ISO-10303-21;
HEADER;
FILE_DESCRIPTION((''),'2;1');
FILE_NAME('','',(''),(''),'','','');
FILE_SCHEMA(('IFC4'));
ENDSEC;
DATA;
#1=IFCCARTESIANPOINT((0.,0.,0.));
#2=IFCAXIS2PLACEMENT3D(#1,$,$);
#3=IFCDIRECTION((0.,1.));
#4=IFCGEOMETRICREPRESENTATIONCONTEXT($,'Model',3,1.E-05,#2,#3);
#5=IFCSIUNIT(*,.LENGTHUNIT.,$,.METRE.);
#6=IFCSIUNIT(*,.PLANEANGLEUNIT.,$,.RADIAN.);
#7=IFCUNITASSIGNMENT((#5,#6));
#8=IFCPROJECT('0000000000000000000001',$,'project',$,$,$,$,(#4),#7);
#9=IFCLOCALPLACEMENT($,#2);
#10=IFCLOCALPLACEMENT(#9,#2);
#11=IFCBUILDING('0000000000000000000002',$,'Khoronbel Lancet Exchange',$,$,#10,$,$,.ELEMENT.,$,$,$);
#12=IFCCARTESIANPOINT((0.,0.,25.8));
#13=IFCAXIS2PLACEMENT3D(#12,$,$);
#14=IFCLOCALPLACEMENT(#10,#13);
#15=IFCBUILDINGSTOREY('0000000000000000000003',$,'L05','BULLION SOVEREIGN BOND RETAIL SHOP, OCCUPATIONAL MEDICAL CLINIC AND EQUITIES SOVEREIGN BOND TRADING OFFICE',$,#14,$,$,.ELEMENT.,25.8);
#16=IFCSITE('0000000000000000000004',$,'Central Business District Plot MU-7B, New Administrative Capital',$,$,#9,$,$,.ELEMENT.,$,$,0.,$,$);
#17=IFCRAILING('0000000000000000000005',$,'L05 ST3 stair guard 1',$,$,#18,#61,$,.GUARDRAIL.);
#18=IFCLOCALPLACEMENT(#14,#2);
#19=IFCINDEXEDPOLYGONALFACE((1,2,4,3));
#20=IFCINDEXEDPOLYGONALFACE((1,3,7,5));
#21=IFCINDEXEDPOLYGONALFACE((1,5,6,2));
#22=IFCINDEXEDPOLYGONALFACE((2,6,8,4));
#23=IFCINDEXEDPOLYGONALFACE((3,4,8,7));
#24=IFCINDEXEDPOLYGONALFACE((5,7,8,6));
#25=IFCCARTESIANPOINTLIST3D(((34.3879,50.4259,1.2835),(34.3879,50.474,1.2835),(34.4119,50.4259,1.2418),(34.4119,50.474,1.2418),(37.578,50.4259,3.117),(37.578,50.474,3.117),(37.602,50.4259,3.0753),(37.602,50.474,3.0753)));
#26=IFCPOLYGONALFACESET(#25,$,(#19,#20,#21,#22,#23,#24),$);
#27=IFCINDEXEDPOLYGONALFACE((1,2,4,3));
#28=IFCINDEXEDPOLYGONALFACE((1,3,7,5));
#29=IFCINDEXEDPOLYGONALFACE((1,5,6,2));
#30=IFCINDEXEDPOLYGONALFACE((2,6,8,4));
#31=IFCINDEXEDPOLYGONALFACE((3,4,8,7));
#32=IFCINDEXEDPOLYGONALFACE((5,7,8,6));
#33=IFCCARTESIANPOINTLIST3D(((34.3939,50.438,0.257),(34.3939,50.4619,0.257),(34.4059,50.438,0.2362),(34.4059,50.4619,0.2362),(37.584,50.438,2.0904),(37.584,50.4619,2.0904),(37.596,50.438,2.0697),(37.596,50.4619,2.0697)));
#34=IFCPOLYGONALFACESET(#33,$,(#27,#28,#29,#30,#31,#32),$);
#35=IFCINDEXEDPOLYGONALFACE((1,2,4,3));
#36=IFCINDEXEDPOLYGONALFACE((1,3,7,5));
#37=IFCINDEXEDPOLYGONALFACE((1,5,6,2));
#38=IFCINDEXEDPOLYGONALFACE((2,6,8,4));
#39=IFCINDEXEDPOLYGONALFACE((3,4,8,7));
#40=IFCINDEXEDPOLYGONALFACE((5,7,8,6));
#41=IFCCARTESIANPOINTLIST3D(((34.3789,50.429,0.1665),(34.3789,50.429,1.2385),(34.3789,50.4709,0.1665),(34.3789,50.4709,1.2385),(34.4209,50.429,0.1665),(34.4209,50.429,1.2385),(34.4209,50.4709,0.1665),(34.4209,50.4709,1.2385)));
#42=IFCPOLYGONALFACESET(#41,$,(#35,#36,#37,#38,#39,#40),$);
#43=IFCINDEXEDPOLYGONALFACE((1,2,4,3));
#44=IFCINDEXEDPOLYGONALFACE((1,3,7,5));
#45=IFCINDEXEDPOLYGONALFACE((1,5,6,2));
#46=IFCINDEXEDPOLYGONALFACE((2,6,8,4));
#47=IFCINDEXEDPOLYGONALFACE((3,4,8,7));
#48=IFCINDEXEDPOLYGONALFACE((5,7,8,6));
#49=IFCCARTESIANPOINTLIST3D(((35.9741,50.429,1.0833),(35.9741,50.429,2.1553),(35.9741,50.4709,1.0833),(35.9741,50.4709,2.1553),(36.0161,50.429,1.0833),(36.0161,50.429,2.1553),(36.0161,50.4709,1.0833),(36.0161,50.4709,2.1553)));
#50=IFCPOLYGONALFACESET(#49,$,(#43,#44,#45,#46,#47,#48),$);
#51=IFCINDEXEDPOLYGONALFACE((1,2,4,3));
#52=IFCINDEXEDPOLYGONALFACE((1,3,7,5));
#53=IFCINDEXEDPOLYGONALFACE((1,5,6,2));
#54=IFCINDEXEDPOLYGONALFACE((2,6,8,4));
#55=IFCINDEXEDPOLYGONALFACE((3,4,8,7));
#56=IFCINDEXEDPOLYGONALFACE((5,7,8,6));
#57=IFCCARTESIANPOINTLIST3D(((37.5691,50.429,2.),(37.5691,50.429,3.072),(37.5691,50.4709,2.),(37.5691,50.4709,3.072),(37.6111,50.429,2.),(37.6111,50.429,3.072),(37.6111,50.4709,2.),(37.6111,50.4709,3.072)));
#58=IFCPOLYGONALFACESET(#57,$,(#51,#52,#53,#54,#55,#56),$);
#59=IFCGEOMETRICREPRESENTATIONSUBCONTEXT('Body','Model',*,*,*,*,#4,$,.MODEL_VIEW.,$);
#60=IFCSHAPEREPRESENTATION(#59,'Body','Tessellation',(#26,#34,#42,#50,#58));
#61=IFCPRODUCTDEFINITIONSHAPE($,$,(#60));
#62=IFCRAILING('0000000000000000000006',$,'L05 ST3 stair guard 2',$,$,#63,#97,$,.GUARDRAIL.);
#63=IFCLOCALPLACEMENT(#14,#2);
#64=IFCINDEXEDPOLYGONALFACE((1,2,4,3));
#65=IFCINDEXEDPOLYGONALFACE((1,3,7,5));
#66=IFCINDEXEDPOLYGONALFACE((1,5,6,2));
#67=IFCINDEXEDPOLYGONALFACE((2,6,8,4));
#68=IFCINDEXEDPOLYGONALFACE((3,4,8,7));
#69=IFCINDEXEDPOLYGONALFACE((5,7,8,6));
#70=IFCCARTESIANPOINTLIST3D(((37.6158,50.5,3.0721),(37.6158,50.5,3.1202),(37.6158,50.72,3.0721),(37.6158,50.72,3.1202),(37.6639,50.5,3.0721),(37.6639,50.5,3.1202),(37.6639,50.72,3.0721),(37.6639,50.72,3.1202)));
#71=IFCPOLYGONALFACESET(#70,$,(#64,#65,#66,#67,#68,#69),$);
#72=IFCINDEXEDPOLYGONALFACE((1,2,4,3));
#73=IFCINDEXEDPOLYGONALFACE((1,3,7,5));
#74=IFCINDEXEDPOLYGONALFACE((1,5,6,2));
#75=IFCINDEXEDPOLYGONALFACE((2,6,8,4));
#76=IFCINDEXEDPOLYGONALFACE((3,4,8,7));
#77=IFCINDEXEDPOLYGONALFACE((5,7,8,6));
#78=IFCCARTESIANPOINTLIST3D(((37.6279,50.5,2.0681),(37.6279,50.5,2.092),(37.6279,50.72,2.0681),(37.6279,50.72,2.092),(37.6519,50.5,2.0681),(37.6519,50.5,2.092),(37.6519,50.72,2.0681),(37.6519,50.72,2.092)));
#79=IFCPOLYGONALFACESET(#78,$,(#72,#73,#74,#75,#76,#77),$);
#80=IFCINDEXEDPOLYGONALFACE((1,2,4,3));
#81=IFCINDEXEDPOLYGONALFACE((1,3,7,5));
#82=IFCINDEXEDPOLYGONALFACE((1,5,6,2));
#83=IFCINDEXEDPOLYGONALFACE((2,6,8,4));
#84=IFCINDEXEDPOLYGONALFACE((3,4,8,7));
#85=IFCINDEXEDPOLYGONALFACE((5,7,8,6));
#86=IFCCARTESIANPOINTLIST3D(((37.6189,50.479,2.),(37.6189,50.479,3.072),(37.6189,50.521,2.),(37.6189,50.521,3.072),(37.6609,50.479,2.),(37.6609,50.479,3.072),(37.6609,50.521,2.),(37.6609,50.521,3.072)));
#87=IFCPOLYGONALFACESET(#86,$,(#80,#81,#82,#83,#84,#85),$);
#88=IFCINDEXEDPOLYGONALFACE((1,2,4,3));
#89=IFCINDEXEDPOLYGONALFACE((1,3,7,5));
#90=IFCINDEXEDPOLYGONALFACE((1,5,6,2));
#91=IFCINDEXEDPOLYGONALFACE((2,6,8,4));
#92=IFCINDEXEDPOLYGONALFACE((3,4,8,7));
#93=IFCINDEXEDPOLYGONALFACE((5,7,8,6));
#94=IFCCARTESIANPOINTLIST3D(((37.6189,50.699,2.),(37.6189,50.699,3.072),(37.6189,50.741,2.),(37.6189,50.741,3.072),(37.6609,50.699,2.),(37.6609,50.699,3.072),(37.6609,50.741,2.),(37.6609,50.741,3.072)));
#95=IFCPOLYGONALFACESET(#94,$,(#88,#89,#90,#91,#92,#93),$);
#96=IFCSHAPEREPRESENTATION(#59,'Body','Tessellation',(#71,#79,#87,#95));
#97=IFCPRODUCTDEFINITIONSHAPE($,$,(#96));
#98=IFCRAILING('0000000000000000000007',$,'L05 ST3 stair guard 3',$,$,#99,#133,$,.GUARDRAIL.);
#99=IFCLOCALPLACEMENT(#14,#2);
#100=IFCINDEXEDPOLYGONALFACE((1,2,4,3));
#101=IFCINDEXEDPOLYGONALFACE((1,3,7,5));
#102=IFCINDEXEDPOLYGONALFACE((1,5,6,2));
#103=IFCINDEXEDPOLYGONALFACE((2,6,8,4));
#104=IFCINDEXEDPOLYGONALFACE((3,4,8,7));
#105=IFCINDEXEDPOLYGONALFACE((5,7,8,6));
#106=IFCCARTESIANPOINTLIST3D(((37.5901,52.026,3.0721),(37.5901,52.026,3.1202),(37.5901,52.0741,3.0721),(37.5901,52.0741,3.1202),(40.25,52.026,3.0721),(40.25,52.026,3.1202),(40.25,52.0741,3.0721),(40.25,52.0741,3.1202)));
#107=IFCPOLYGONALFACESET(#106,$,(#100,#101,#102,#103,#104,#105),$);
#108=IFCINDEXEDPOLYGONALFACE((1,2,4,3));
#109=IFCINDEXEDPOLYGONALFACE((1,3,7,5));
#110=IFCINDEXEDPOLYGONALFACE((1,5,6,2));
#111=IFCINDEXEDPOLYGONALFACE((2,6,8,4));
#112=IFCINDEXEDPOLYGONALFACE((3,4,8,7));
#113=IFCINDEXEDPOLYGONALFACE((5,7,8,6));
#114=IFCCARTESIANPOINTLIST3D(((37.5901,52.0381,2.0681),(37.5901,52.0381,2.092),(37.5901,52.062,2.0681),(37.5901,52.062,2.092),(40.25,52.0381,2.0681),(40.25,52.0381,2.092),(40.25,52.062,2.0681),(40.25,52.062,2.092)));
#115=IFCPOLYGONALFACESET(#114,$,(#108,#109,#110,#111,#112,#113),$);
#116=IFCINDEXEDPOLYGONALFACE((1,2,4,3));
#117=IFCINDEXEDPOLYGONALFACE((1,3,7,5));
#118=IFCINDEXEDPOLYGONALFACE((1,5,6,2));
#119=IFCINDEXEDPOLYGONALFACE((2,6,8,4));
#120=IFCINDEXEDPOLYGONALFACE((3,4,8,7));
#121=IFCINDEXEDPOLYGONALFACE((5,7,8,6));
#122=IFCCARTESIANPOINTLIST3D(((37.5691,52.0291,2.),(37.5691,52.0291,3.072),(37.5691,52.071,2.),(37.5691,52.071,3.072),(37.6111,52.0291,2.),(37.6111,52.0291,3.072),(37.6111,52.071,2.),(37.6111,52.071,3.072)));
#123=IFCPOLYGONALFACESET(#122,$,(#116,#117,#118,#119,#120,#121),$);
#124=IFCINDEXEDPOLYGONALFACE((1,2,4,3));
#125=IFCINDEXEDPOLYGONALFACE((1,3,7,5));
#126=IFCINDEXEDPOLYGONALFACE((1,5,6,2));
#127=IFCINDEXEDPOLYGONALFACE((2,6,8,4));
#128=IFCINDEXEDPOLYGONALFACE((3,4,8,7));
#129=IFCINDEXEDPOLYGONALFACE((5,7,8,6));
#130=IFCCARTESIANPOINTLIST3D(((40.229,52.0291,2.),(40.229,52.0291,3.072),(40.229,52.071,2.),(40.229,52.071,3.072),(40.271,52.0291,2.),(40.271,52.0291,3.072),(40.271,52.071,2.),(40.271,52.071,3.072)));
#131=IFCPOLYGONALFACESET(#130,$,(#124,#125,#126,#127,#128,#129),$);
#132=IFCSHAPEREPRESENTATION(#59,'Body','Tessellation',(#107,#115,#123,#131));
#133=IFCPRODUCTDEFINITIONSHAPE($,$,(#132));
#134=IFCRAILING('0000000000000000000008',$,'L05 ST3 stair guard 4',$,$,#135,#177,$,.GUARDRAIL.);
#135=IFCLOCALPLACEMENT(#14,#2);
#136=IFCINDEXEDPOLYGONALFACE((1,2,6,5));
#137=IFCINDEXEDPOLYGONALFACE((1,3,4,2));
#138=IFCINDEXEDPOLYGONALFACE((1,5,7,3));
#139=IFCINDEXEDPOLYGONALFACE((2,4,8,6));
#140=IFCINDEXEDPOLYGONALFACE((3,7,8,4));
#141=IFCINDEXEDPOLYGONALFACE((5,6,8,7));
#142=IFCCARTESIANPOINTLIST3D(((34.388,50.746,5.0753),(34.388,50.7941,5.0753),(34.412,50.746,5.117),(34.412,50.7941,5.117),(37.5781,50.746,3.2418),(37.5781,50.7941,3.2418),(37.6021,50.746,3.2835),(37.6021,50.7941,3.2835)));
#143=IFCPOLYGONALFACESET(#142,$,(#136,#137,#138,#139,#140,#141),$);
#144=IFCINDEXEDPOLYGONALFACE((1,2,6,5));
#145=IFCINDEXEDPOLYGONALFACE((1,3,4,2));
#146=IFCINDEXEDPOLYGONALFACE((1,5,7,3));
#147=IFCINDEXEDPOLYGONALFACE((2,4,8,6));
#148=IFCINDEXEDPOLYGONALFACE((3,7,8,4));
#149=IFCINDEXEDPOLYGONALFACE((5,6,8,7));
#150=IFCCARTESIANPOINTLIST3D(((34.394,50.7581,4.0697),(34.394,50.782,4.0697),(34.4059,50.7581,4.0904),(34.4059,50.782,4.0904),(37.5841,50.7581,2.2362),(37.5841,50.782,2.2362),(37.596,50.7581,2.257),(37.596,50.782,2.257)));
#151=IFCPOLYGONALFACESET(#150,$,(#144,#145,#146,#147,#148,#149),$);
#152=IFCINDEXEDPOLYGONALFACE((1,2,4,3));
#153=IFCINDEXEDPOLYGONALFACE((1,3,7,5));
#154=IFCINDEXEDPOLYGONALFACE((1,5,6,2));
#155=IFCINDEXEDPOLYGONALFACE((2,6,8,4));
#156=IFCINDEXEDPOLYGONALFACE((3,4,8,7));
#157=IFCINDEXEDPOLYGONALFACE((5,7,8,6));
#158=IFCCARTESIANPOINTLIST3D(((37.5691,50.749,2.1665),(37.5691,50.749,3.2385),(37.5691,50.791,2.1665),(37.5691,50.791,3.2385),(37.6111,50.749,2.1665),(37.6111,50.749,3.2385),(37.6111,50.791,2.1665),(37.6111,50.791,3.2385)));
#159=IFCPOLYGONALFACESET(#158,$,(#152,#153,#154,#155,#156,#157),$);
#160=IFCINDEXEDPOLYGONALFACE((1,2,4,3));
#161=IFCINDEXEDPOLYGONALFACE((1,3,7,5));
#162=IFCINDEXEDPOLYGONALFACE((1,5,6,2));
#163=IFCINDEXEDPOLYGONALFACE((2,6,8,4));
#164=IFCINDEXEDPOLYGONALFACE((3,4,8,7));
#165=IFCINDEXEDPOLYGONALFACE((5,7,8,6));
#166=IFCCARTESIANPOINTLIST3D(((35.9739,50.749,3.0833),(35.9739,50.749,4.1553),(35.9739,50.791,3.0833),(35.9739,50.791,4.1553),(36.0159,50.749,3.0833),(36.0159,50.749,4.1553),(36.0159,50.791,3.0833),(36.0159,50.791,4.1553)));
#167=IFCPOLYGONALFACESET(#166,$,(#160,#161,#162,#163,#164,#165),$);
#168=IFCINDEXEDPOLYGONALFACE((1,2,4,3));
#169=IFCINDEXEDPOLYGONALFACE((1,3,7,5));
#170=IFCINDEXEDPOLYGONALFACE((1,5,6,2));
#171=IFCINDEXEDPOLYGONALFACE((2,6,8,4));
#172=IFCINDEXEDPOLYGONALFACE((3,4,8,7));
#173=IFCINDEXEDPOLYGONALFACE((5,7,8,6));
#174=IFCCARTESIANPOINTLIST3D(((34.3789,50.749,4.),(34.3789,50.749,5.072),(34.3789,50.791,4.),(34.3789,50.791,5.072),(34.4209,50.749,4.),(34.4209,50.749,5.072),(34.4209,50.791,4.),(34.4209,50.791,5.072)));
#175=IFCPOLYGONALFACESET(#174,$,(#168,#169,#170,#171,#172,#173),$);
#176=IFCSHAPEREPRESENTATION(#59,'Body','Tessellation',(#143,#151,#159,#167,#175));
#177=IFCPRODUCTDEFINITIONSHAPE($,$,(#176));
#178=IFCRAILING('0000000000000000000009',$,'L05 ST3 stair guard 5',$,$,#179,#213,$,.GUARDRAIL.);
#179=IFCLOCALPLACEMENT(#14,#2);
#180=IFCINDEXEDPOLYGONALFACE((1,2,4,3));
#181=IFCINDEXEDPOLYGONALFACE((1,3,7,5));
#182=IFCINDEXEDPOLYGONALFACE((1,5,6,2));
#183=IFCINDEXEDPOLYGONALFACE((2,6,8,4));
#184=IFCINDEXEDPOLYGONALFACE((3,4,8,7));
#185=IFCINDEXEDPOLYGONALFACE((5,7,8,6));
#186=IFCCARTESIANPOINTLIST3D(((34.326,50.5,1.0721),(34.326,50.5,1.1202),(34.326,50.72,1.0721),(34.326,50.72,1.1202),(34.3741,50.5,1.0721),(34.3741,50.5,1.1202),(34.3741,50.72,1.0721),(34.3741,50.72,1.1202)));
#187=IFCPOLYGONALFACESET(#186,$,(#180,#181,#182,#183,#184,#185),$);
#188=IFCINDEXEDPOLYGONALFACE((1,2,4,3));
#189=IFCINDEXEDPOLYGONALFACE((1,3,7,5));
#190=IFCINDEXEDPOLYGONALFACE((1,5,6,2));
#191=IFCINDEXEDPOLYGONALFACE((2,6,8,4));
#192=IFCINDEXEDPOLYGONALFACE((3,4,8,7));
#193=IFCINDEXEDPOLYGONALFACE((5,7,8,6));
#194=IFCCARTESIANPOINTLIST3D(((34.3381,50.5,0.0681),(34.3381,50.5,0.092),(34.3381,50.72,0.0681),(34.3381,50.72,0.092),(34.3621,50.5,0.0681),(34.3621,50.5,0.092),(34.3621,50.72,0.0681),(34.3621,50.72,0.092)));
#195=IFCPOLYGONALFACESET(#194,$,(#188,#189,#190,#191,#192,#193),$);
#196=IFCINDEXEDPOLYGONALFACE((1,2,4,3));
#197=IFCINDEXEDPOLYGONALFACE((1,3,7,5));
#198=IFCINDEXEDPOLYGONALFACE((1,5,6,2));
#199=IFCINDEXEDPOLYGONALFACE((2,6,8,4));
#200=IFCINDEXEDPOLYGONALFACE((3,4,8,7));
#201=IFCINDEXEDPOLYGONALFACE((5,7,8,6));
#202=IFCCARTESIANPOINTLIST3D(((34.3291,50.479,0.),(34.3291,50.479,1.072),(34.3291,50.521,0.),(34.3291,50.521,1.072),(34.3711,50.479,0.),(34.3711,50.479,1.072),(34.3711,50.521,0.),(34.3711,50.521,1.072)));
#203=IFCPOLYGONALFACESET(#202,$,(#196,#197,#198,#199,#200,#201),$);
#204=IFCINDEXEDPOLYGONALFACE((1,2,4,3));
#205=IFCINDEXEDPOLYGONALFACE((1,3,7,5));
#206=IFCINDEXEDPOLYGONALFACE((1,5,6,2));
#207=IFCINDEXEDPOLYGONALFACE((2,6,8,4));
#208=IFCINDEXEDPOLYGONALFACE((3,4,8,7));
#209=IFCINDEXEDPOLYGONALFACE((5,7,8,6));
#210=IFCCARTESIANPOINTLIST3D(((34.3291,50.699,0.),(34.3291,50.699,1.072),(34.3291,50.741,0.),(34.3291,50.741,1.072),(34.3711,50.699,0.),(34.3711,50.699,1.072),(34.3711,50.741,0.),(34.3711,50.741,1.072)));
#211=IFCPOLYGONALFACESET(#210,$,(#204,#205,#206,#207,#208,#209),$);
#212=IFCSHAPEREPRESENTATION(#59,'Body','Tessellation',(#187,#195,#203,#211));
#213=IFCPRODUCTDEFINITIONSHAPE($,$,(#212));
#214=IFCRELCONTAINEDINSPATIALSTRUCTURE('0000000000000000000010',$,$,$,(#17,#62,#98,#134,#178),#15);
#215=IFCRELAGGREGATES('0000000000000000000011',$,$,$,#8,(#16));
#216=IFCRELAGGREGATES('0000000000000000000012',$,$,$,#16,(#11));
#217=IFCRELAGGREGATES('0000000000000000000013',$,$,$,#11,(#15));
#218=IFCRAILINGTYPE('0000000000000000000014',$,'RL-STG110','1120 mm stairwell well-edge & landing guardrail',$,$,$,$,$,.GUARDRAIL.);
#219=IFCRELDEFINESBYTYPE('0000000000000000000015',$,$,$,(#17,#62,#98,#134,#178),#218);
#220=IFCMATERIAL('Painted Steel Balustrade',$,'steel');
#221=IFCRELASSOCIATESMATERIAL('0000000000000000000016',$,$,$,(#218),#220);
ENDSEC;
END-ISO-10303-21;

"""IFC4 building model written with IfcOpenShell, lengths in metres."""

from ifc_helpers import new_model, si_unit, direction, frame, origin, origin_2d, place, context, subcontext, project, spatial, rectangle, extrude, material, type_object, element, save


model = new_model("IFC4")

# Units and contexts
model_context = context("Model", 3, precision=1e-05, world=origin(), true_north=direction((0.0, 1.0)))
body_context = subcontext(model_context, "Body", "Model", "MODEL_VIEW")
ifc_project = project(units=[si_unit("LENGTHUNIT", "METRE"), si_unit("PLANEANGLEUNIT", "RADIAN")], contexts=[model_context])

# Site, building, storey
site_placement = place(None, origin())
site = spatial("IfcSite", under=ifc_project, at=site_placement, Name="Central Business District Plot MU-7B, New Administrative Capital", CompositionType="ELEMENT", RefElevation=0.0)
building_placement = place(site_placement, origin())
building = spatial("IfcBuilding", under=site, at=building_placement, Name="Khoronbel Lancet Exchange", CompositionType="ELEMENT")
storey_placement = place(building_placement, frame((0.0, 0.0, 25.8)))
storey = spatial("IfcBuildingStorey", under=building, at=storey_placement, Name="L05", Description="BULLION SOVEREIGN BOND RETAIL SHOP, OCCUPATIONAL MEDICAL CLINIC AND EQUITIES SOVEREIGN BOND TRADING OFFICE", CompositionType="ELEMENT", Elevation=25.8)

# Railings
ifc_material_1 = material(Name="Painted Steel Balustrade", Category="steel")
railing_type_1 = type_object("IfcRailingType", Name="RL-STG110", Description="1120 mm stairwell well-edge & landing guardrail", PredefinedType="GUARDRAIL", material=ifc_material_1)
railing_1_placement = place(storey_placement, frame((34.3999, 50.45, 0.1665)))
element("IfcRailing", 1, at=railing_1_placement, inside=storey, type_object=railing_type_1, Name="L05 ST3 stair guard 1", PredefinedType="GUARDRAIL", context=body_context, shape_type="SweptSolid", body=[
    extrude(rectangle(XDim=0.0481, YDim=0.0481, at=origin_2d()), frame((0.0, 0.0, 1.0962), z_axis=(0.867007, 0.0, 0.498295), x_axis=(0.0, 1.0, 0.0)), (0.0, 0.0, 1.0), 3.6794),
    extrude(rectangle(XDim=0.0239, YDim=0.0239, at=origin_2d()), frame((0.0, 0.0, 0.0801), z_axis=(0.867007, 0.0, 0.498295), x_axis=(0.0, 1.0, 0.0)), (0.0, 0.0, 1.0), 3.6794),
    extrude(rectangle(XDim=0.042, YDim=0.042, at=origin_2d()), origin(), (0.0, 0.0, 1.0), 1.072),
    extrude(rectangle(XDim=0.042, YDim=0.042, at=origin_2d()), frame((1.5952, 0.0, 0.9167)), (0.0, 0.0, 1.0), 1.072),
    extrude(rectangle(XDim=0.042, YDim=0.042, at=origin_2d()), frame((3.1902, 0.0, 1.8335)), (0.0, 0.0, 1.0), 1.072),
])
railing_2_placement = place(storey_placement, frame((37.6399, 50.5, 2.0)))
element("IfcRailing", 2, at=railing_2_placement, inside=storey, type_object=railing_type_1, Name="L05 ST3 stair guard 2", PredefinedType="GUARDRAIL", context=body_context, shape_type="SweptSolid", body=[
    extrude(rectangle(XDim=0.0481, YDim=0.0481, at=origin_2d()), frame((0.0, 0.0, 1.0962), z_axis=(0.0, 1.0, 0.0), x_axis=(-1.0, 0.0, 0.0)), (0.0, 0.0, 1.0), 0.22),
    extrude(rectangle(XDim=0.0239, YDim=0.0239, at=origin_2d()), frame((0.0, 0.0, 0.0801), z_axis=(0.0, 1.0, 0.0), x_axis=(-1.0, 0.0, 0.0)), (0.0, 0.0, 1.0), 0.22),
    extrude(rectangle(XDim=0.042, YDim=0.042, at=origin_2d()), origin(), (0.0, 0.0, 1.0), 1.072),
    extrude(rectangle(XDim=0.042, YDim=0.042, at=origin_2d()), frame((0.0, 0.22, 0.0)), (0.0, 0.0, 1.0), 1.072),
])
railing_3_placement = place(storey_placement, frame((37.5901, 52.05, 2.0)))
element("IfcRailing", 3, at=railing_3_placement, inside=storey, type_object=railing_type_1, Name="L05 ST3 stair guard 3", PredefinedType="GUARDRAIL", context=body_context, shape_type="SweptSolid", body=[
    extrude(rectangle(XDim=0.0481, YDim=0.0481, at=origin_2d()), frame((0.0, 0.0, 1.0962), z_axis=(1.0, 0.0, 0.0), x_axis=(0.0, 1.0, 0.0)), (0.0, 0.0, 1.0), 2.6599),
    extrude(rectangle(XDim=0.0239, YDim=0.0239, at=origin_2d()), frame((0.0, 0.0, 0.0801), z_axis=(1.0, 0.0, 0.0), x_axis=(0.0, 1.0, 0.0)), (0.0, 0.0, 1.0), 2.6599),
    extrude(rectangle(XDim=0.042, YDim=0.042, at=origin_2d()), origin(), (0.0, 0.0, 1.0), 1.072),
    extrude(rectangle(XDim=0.042, YDim=0.042, at=origin_2d()), frame((2.6599, 0.0, 0.0)), (0.0, 0.0, 1.0), 1.072),
])
railing_4_placement = place(storey_placement, frame((37.5901, 50.77, 2.1665)))
element("IfcRailing", 4, at=railing_4_placement, inside=storey, type_object=railing_type_1, Name="L05 ST3 stair guard 4", PredefinedType="GUARDRAIL", context=body_context, shape_type="SweptSolid", body=[
    extrude(rectangle(XDim=0.0481, YDim=0.0481, at=origin_2d()), frame((0.0, 0.0, 1.0962), z_axis=(-0.867007, 0.0, 0.498295), x_axis=(0.0, -1.0, 0.0)), (0.0, 0.0, 1.0), 3.6794),
    extrude(rectangle(XDim=0.0239, YDim=0.0239, at=origin_2d()), frame((0.0, 0.0, 0.0801), z_axis=(-0.867007, 0.0, 0.498295), x_axis=(0.0, -1.0, 0.0)), (0.0, 0.0, 1.0), 3.6794),
    extrude(rectangle(XDim=0.042, YDim=0.042, at=origin_2d()), origin(), (0.0, 0.0, 1.0), 1.072),
    extrude(rectangle(XDim=0.042, YDim=0.042, at=origin_2d()), frame((-1.5952, 0.0, 0.9167)), (0.0, 0.0, 1.0), 1.072),
    extrude(rectangle(XDim=0.042, YDim=0.042, at=origin_2d()), frame((-3.1902, 0.0, 1.8335)), (0.0, 0.0, 1.0), 1.072),
])
railing_5_placement = place(storey_placement, frame((34.3501, 50.5, 0.0)))
element("IfcRailing", 5, at=railing_5_placement, inside=storey, type_object=railing_type_1, Name="L05 ST3 stair guard 5", PredefinedType="GUARDRAIL", context=body_context, shape_type="SweptSolid", body=[
    extrude(rectangle(XDim=0.0481, YDim=0.0481, at=origin_2d()), frame((0.0, 0.0, 1.0962), z_axis=(0.0, 1.0, 0.0), x_axis=(-1.0, 0.0, 0.0)), (0.0, 0.0, 1.0), 0.22),
    extrude(rectangle(XDim=0.0239, YDim=0.0239, at=origin_2d()), frame((0.0, 0.0, 0.0801), z_axis=(0.0, 1.0, 0.0), x_axis=(-1.0, 0.0, 0.0)), (0.0, 0.0, 1.0), 0.22),
    extrude(rectangle(XDim=0.042, YDim=0.042, at=origin_2d()), origin(), (0.0, 0.0, 1.0), 1.072),
    extrude(rectangle(XDim=0.042, YDim=0.042, at=origin_2d()), frame((0.0, 0.22, 0.0)), (0.0, 0.0, 1.0), 1.072),
])

save(model, "model.ifc")
